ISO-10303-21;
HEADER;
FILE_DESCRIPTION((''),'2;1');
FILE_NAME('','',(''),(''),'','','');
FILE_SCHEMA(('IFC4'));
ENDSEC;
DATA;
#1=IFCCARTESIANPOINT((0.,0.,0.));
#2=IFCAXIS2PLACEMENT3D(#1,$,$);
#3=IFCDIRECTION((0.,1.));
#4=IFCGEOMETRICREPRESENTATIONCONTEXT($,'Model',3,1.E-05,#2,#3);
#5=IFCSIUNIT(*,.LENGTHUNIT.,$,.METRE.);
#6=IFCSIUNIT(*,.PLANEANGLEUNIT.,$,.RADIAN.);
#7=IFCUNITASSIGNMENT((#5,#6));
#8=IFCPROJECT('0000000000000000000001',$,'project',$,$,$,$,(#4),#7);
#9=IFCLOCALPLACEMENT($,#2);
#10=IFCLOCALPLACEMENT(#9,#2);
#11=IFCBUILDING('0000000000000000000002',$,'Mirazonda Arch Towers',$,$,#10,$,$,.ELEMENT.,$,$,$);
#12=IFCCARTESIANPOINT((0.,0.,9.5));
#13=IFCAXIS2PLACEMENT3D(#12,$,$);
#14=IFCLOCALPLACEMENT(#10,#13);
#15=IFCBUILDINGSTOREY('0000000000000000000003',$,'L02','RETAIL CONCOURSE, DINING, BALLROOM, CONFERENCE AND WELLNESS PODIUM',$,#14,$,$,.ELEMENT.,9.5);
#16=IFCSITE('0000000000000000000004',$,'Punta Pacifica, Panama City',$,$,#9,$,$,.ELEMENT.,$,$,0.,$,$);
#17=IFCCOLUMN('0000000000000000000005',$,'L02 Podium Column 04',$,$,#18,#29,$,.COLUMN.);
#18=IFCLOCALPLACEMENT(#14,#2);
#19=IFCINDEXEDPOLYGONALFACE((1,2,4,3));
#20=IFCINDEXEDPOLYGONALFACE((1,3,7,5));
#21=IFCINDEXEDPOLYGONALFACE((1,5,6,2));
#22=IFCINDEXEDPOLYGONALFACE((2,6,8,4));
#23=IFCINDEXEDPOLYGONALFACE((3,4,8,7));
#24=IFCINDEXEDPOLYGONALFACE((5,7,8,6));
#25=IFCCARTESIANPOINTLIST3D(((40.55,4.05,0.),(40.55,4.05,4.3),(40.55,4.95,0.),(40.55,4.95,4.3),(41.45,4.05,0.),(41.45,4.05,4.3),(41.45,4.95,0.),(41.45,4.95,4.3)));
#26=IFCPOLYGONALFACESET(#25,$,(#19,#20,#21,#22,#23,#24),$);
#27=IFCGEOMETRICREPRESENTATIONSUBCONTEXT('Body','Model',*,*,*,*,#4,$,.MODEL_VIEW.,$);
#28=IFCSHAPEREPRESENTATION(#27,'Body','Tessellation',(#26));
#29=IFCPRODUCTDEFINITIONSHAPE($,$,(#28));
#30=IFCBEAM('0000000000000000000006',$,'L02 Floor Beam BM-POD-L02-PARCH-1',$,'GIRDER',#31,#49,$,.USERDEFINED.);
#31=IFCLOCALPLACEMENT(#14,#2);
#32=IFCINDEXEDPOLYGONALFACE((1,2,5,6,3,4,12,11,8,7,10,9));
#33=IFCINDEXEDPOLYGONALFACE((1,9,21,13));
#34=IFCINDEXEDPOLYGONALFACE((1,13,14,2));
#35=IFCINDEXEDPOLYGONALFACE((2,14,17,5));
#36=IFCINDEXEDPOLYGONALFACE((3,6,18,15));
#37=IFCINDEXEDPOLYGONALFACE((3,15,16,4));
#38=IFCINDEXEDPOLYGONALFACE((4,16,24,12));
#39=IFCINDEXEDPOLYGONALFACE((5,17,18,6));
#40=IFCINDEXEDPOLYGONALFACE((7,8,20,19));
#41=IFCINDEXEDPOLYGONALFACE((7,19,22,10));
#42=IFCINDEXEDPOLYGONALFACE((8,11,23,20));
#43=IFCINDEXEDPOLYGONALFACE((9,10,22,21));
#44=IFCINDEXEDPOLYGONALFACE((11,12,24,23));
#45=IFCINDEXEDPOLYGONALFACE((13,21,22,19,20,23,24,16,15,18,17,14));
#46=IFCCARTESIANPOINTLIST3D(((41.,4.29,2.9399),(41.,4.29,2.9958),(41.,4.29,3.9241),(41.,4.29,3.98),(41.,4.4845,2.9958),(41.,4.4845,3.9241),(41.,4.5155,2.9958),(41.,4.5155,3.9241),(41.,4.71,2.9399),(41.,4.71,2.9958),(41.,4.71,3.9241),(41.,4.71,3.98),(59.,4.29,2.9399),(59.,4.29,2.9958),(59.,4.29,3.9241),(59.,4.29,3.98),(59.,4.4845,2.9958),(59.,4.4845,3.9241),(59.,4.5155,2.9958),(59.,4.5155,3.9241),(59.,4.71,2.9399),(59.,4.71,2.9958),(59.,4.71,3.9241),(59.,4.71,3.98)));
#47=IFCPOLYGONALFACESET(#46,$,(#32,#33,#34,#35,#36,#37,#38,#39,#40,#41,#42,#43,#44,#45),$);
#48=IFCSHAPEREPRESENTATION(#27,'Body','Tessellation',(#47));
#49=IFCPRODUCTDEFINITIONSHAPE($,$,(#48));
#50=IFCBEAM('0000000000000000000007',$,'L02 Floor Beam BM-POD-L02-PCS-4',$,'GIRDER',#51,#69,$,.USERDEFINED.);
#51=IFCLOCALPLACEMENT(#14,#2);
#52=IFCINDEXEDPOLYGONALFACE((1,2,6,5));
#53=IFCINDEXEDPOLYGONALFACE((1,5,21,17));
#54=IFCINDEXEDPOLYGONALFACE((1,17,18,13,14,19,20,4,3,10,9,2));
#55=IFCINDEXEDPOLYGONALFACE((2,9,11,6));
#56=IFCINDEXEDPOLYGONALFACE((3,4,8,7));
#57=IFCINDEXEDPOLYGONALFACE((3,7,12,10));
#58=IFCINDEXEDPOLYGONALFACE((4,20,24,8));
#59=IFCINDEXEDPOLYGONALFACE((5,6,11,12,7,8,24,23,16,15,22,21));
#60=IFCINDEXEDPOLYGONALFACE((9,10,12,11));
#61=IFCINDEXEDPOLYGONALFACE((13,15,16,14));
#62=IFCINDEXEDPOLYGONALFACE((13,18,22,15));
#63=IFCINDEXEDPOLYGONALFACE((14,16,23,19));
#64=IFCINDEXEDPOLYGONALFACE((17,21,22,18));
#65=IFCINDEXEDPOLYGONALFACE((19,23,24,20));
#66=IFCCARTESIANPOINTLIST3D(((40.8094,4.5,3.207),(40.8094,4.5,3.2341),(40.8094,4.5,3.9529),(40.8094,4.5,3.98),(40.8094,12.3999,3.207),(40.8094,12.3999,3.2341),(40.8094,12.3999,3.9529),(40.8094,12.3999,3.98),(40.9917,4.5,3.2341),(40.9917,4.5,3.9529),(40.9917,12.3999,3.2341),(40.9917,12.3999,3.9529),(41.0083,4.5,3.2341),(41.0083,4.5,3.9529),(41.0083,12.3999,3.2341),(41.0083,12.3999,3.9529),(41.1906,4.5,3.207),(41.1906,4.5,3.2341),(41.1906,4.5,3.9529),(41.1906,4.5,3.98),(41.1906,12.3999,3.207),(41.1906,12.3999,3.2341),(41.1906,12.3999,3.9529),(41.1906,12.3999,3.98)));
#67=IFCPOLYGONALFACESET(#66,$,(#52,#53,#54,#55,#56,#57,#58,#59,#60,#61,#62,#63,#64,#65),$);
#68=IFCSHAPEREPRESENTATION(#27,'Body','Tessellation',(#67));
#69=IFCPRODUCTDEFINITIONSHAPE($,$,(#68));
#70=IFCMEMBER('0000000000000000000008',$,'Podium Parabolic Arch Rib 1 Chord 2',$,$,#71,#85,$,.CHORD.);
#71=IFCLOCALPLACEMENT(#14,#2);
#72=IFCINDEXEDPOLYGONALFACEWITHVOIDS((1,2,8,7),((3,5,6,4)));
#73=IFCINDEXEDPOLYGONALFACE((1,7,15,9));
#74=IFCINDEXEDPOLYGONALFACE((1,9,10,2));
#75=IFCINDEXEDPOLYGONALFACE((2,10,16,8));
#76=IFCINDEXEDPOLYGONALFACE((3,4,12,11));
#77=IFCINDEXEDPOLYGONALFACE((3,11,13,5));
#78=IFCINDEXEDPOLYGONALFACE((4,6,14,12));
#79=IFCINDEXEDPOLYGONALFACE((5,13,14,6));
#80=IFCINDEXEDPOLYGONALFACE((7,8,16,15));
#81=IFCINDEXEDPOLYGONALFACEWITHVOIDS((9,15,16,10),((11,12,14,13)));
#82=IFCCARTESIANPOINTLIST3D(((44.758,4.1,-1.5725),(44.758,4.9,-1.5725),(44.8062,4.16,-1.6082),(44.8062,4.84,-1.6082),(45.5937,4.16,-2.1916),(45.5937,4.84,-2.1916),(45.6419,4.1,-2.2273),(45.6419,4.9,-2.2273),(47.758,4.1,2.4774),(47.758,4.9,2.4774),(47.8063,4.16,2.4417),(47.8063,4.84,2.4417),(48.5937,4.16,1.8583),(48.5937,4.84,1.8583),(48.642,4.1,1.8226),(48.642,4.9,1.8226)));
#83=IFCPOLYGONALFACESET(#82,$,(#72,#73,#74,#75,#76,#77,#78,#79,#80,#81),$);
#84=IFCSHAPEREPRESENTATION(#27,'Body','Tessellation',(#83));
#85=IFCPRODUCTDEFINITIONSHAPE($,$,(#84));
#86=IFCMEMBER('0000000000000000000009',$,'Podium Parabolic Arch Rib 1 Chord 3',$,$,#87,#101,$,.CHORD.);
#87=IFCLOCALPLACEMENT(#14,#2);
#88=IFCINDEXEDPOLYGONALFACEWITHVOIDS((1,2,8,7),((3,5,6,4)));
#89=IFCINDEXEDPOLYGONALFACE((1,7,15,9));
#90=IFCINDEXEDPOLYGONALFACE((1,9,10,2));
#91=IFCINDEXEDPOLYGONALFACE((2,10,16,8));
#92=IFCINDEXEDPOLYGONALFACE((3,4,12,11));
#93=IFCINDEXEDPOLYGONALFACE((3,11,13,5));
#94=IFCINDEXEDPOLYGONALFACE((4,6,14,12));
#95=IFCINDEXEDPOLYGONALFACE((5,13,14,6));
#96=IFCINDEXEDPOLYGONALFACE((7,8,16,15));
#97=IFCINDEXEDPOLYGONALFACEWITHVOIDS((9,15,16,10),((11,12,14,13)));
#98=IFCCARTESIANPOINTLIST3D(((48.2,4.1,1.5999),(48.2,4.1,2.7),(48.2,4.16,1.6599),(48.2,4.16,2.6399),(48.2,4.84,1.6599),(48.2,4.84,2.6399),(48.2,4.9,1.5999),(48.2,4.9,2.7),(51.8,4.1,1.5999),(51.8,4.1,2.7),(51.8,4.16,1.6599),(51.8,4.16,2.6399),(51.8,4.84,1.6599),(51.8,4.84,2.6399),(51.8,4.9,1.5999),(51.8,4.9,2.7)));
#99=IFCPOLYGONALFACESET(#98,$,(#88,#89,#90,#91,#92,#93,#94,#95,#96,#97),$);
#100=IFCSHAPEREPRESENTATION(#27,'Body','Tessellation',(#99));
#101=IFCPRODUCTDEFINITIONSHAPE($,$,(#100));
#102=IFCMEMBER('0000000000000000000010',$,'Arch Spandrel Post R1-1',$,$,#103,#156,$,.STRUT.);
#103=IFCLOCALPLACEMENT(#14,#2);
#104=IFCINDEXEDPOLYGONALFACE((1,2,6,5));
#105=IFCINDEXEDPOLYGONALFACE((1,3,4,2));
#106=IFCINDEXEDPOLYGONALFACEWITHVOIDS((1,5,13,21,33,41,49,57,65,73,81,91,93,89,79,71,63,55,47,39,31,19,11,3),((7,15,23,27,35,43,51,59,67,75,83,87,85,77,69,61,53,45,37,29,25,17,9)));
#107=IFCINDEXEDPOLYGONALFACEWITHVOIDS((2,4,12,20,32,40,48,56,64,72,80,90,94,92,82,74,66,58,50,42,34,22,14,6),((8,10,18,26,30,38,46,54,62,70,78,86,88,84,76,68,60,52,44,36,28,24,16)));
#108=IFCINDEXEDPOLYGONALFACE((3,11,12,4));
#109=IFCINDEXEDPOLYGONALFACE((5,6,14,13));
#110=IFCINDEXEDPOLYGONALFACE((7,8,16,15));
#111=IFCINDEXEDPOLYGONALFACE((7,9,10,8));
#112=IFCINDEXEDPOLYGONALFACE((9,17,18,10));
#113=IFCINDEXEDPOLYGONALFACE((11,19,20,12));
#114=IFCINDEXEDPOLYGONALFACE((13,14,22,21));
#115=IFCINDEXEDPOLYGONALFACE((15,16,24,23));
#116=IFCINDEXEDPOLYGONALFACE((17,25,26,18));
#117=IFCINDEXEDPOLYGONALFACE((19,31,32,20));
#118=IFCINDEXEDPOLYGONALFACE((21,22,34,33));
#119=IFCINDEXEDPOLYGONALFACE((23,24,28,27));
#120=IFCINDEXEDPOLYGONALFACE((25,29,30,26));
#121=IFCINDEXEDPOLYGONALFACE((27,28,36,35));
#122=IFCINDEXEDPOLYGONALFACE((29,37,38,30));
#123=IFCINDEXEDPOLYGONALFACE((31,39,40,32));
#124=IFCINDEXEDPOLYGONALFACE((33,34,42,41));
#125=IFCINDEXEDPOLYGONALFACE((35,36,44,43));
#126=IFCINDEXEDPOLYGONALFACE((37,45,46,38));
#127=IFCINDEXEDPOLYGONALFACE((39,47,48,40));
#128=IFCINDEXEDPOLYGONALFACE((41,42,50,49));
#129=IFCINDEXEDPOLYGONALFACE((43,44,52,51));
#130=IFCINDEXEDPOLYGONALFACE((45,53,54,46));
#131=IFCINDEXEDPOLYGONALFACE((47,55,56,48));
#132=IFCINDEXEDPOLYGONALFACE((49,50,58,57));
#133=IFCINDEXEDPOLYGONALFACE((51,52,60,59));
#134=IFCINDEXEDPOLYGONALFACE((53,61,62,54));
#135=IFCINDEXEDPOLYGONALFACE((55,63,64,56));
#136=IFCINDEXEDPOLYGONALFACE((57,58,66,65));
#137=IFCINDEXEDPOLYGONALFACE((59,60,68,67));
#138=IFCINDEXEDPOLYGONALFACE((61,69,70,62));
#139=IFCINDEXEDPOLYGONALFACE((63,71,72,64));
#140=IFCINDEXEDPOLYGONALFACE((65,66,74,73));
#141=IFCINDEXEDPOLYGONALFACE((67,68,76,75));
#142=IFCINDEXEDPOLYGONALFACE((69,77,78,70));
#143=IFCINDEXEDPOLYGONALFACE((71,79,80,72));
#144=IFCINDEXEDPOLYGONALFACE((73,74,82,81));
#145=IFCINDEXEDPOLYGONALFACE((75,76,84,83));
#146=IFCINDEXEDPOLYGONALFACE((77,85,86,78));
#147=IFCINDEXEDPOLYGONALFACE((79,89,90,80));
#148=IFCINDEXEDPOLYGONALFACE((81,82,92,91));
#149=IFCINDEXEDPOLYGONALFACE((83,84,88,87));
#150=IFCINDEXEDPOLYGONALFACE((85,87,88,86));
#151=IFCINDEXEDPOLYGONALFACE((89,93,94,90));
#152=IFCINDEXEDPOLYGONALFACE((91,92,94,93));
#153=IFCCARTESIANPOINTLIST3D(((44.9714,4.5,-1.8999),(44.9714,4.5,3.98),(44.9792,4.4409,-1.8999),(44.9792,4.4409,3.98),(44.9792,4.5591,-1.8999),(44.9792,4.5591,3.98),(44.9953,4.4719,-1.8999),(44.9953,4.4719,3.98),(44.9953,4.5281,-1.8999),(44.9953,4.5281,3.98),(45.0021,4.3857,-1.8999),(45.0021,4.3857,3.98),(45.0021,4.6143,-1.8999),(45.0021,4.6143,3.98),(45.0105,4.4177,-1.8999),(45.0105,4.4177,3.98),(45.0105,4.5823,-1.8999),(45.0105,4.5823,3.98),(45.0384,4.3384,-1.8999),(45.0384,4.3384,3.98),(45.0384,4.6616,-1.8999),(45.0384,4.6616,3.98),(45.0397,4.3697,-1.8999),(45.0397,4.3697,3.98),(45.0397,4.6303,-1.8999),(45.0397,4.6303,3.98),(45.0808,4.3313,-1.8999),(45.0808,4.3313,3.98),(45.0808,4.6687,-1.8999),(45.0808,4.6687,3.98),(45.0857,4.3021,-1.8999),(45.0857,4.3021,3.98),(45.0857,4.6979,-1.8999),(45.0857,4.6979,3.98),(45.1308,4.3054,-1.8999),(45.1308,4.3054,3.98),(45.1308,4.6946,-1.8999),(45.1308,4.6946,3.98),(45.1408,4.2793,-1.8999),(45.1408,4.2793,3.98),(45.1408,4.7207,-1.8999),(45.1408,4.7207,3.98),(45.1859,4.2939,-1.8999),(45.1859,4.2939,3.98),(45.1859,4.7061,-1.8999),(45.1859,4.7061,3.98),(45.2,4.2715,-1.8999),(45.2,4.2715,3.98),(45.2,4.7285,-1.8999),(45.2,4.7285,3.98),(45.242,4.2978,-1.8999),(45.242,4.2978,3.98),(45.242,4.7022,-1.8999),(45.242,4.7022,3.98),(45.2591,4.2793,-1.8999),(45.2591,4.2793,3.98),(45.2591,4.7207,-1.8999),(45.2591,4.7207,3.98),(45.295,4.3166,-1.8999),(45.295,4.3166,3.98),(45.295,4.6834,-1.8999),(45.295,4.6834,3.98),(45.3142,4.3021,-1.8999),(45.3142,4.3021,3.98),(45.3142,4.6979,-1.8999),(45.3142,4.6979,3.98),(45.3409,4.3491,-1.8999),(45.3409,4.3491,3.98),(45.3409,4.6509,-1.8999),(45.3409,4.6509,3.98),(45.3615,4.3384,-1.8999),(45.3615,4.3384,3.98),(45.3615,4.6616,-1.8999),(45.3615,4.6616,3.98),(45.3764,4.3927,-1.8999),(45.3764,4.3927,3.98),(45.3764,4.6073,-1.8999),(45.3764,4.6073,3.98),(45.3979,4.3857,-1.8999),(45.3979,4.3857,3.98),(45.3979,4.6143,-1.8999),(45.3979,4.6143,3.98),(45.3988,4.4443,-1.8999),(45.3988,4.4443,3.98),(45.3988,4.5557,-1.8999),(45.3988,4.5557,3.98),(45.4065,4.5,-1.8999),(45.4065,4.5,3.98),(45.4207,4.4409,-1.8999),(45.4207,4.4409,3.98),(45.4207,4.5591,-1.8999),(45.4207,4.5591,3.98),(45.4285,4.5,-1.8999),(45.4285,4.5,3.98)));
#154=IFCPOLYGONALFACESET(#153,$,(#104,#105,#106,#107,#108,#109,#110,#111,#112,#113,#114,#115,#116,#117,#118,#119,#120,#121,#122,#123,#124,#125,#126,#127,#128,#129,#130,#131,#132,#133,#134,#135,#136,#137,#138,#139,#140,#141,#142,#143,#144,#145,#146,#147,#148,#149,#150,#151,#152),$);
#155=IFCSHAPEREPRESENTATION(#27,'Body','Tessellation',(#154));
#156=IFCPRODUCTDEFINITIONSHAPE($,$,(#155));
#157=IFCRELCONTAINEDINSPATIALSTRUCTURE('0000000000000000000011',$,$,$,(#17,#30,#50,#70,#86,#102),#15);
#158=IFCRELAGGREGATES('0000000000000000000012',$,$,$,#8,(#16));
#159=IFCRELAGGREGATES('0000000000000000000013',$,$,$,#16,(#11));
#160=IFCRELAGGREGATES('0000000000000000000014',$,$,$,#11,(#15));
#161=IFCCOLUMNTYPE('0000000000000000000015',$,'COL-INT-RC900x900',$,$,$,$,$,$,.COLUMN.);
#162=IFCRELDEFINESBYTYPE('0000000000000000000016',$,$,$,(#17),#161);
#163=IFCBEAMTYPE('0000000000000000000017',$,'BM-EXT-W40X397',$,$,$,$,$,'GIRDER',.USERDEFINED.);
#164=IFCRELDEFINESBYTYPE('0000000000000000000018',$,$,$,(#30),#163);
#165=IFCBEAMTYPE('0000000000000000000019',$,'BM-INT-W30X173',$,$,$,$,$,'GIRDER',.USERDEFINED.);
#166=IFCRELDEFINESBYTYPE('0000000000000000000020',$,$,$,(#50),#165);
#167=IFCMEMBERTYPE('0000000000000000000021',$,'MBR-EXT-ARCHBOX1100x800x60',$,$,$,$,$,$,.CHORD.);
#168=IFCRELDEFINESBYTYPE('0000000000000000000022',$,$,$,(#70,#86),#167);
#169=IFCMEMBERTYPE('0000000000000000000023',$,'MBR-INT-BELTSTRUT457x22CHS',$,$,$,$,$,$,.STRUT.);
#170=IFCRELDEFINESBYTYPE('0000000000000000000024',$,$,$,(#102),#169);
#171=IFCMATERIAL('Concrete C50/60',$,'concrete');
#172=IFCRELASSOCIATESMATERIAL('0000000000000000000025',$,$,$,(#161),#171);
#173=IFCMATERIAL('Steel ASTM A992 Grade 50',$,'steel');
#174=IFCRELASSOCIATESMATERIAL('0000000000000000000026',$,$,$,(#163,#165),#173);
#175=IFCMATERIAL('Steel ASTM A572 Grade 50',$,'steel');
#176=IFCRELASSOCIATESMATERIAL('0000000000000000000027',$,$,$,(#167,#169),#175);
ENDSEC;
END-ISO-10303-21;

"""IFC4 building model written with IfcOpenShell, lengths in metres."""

from ifc_helpers import new_model, si_unit, direction, frame, origin, origin_2d, place, context, subcontext, project, spatial, rectangle, hollow_rectangle, hollow_circle, i_section, extrude, material, material_profile, profile_set, type_object, element, save


model = new_model("IFC4")

# Units and contexts
model_context = context("Model", 3, precision=1e-05, world=origin(), true_north=direction((0.0, 1.0)))
body_context = subcontext(model_context, "Body", "Model", "MODEL_VIEW")
ifc_project = project(units=[si_unit("LENGTHUNIT", "METRE"), si_unit("PLANEANGLEUNIT", "RADIAN")], contexts=[model_context])

# Site, building, storey
site_placement = place(None, origin())
site = spatial("IfcSite", under=ifc_project, at=site_placement, Name="Punta Pacifica, Panama City", CompositionType="ELEMENT", RefElevation=0.0)
building_placement = place(site_placement, origin())
building = spatial("IfcBuilding", under=site, at=building_placement, Name="Mirazonda Arch Towers", CompositionType="ELEMENT")
storey_placement = place(building_placement, frame((0.0, 0.0, 9.5)))
storey = spatial("IfcBuildingStorey", under=building, at=storey_placement, Name="L02", Description="RETAIL CONCOURSE, DINING, BALLROOM, CONFERENCE AND WELLNESS PODIUM", CompositionType="ELEMENT", Elevation=9.5)

# Column
ifc_material_1 = material(Name="Concrete C50/60", Category="concrete")
ifc_material_profile_1 = material_profile(ifc_material_1, rectangle(XDim=0.8999, YDim=0.8999, at=origin_2d()), Name="RC900x900")
ifc_profile_set_1 = profile_set([ifc_material_profile_1], Name="Concrete C50/60")
column_type = type_object("IfcColumnType", Name="COL-INT-RC900x900", PredefinedType="COLUMN", material=ifc_profile_set_1)
column_placement = place(storey_placement, frame((41.0, 4.5, 0.0), z_axis=(0.0, 0.0, 1.0), x_axis=(1.0, 0.0, 0.0)))
element("IfcColumn", 1, at=column_placement, inside=storey, type_object=column_type, Name="L02 Podium Column 04", PredefinedType="COLUMN", context=body_context, shape_type="SweptSolid", body=[
    extrude(rectangle(XDim=0.8999, YDim=0.8999, at=origin_2d()), origin(), (0.0, 0.0, 1.0), 4.3),
])

# Beams
ifc_material_2 = material(Name="Steel ASTM A992 Grade 50", Category="steel")
ifc_material_profile_2 = material_profile(ifc_material_2, i_section(OverallWidth=0.4199, OverallDepth=1.04, WebThickness=0.031, FlangeThickness=0.0559, at=origin_2d()), Name="W40X397")
ifc_profile_set_2 = profile_set([ifc_material_profile_2], Name="Steel ASTM A992 Grade 50")
beam_type_1 = type_object("IfcBeamType", Name="BM-EXT-W40X397", ElementType="GIRDER", PredefinedType="USERDEFINED", material=ifc_profile_set_2)
beam_1_placement = place(storey_placement, frame((41.0, 4.5, 3.46), z_axis=(1.0, 0.0, 0.0), x_axis=(0.0, 1.0, 0.0)))
element("IfcBeam", 2, at=beam_1_placement, inside=storey, type_object=beam_type_1, Name="L02 Floor Beam BM-POD-L02-PARCH-1", ObjectType="GIRDER", PredefinedType="USERDEFINED", context=body_context, shape_type="SweptSolid", body=[
    extrude(i_section(OverallWidth=0.4199, OverallDepth=1.04, WebThickness=0.031, FlangeThickness=0.0559, at=origin_2d()), origin(), (0.0, 0.0, 1.0), 18.0),
])
ifc_material_profile_3 = material_profile(ifc_material_2, i_section(OverallWidth=0.3811, OverallDepth=0.7729, WebThickness=0.0166, FlangeThickness=0.0271, at=origin_2d()), Name="W30X173")
ifc_profile_set_3 = profile_set([ifc_material_profile_3], Name="Steel ASTM A992 Grade 50")
beam_type_2 = type_object("IfcBeamType", Name="BM-INT-W30X173", ElementType="GIRDER", PredefinedType="USERDEFINED", material=ifc_profile_set_3)
beam_2_placement = place(storey_placement, frame((41.0, 4.5, 3.5935), z_axis=(0.0, 1.0, 0.0), x_axis=(-1.0, 0.0, 0.0)))
element("IfcBeam", 3, at=beam_2_placement, inside=storey, type_object=beam_type_2, Name="L02 Floor Beam BM-POD-L02-PCS-4", ObjectType="GIRDER", PredefinedType="USERDEFINED", context=body_context, shape_type="SweptSolid", body=[
    extrude(i_section(OverallWidth=0.3811, OverallDepth=0.7729, WebThickness=0.0166, FlangeThickness=0.0271, at=origin_2d()), origin(), (0.0, 0.0, 1.0), 7.8999),
])

# Members
ifc_material_3 = material(Name="Steel ASTM A572 Grade 50", Category="steel")
ifc_material_profile_4 = material_profile(ifc_material_3, hollow_rectangle(XDim=0.8, YDim=1.1001, WallThickness=0.0601, at=origin_2d()), Name="ARCHBOX1100x800x60")
ifc_profile_set_4 = profile_set([ifc_material_profile_4], Name="Steel ASTM A572 Grade 50")
member_type_1 = type_object("IfcMemberType", Name="MBR-EXT-ARCHBOX1100x800x60", PredefinedType="CHORD", material=ifc_profile_set_4)
member_1_placement = place(storey_placement, frame((45.2, 4.5, -1.8999), z_axis=(0.595246, 0.0, 0.803543), x_axis=(0.0, 1.0, 0.0)))
element("IfcMember", 4, at=member_1_placement, inside=storey, type_object=member_type_1, Name="Podium Parabolic Arch Rib 1 Chord 2", PredefinedType="CHORD", context=body_context, shape_type="SweptSolid", body=[
    extrude(hollow_rectangle(XDim=0.8, YDim=1.1001, WallThickness=0.0601, at=origin_2d()), origin(), (0.0, 0.0, 1.0), 5.04),
])
member_2_placement = place(storey_placement, frame((48.2, 4.5, 2.1499), z_axis=(1.0, 0.0, 0.0), x_axis=(0.0, 1.0, 0.0)))
element("IfcMember", 5, at=member_2_placement, inside=storey, type_object=member_type_1, Name="Podium Parabolic Arch Rib 1 Chord 3", PredefinedType="CHORD", context=body_context, shape_type="SweptSolid", body=[
    extrude(hollow_rectangle(XDim=0.8, YDim=1.1001, WallThickness=0.0601, at=origin_2d()), origin(), (0.0, 0.0, 1.0), 3.6001),
])
ifc_material_profile_5 = material_profile(ifc_material_3, hollow_circle(Radius=0.2285, WallThickness=0.022, at=origin_2d()), Name="BELTSTRUT457x22CHS")
ifc_profile_set_5 = profile_set([ifc_material_profile_5], Name="Steel ASTM A572 Grade 50")
member_type_2 = type_object("IfcMemberType", Name="MBR-INT-BELTSTRUT457x22CHS", PredefinedType="STRUT", material=ifc_profile_set_5)
member_3_placement = place(storey_placement, frame((45.2, 4.5, -1.8999), z_axis=(0.0, 0.0, 1.0), x_axis=(1.0, 0.0, 0.0)))
element("IfcMember", 6, at=member_3_placement, inside=storey, type_object=member_type_2, Name="Arch Spandrel Post R1-1", PredefinedType="STRUT", context=body_context, shape_type="SweptSolid", body=[
    extrude(hollow_circle(Radius=0.2285, WallThickness=0.022, at=origin_2d()), origin(), (0.0, 0.0, 1.0), 5.8799),
])

save(model, "model.ifc")
